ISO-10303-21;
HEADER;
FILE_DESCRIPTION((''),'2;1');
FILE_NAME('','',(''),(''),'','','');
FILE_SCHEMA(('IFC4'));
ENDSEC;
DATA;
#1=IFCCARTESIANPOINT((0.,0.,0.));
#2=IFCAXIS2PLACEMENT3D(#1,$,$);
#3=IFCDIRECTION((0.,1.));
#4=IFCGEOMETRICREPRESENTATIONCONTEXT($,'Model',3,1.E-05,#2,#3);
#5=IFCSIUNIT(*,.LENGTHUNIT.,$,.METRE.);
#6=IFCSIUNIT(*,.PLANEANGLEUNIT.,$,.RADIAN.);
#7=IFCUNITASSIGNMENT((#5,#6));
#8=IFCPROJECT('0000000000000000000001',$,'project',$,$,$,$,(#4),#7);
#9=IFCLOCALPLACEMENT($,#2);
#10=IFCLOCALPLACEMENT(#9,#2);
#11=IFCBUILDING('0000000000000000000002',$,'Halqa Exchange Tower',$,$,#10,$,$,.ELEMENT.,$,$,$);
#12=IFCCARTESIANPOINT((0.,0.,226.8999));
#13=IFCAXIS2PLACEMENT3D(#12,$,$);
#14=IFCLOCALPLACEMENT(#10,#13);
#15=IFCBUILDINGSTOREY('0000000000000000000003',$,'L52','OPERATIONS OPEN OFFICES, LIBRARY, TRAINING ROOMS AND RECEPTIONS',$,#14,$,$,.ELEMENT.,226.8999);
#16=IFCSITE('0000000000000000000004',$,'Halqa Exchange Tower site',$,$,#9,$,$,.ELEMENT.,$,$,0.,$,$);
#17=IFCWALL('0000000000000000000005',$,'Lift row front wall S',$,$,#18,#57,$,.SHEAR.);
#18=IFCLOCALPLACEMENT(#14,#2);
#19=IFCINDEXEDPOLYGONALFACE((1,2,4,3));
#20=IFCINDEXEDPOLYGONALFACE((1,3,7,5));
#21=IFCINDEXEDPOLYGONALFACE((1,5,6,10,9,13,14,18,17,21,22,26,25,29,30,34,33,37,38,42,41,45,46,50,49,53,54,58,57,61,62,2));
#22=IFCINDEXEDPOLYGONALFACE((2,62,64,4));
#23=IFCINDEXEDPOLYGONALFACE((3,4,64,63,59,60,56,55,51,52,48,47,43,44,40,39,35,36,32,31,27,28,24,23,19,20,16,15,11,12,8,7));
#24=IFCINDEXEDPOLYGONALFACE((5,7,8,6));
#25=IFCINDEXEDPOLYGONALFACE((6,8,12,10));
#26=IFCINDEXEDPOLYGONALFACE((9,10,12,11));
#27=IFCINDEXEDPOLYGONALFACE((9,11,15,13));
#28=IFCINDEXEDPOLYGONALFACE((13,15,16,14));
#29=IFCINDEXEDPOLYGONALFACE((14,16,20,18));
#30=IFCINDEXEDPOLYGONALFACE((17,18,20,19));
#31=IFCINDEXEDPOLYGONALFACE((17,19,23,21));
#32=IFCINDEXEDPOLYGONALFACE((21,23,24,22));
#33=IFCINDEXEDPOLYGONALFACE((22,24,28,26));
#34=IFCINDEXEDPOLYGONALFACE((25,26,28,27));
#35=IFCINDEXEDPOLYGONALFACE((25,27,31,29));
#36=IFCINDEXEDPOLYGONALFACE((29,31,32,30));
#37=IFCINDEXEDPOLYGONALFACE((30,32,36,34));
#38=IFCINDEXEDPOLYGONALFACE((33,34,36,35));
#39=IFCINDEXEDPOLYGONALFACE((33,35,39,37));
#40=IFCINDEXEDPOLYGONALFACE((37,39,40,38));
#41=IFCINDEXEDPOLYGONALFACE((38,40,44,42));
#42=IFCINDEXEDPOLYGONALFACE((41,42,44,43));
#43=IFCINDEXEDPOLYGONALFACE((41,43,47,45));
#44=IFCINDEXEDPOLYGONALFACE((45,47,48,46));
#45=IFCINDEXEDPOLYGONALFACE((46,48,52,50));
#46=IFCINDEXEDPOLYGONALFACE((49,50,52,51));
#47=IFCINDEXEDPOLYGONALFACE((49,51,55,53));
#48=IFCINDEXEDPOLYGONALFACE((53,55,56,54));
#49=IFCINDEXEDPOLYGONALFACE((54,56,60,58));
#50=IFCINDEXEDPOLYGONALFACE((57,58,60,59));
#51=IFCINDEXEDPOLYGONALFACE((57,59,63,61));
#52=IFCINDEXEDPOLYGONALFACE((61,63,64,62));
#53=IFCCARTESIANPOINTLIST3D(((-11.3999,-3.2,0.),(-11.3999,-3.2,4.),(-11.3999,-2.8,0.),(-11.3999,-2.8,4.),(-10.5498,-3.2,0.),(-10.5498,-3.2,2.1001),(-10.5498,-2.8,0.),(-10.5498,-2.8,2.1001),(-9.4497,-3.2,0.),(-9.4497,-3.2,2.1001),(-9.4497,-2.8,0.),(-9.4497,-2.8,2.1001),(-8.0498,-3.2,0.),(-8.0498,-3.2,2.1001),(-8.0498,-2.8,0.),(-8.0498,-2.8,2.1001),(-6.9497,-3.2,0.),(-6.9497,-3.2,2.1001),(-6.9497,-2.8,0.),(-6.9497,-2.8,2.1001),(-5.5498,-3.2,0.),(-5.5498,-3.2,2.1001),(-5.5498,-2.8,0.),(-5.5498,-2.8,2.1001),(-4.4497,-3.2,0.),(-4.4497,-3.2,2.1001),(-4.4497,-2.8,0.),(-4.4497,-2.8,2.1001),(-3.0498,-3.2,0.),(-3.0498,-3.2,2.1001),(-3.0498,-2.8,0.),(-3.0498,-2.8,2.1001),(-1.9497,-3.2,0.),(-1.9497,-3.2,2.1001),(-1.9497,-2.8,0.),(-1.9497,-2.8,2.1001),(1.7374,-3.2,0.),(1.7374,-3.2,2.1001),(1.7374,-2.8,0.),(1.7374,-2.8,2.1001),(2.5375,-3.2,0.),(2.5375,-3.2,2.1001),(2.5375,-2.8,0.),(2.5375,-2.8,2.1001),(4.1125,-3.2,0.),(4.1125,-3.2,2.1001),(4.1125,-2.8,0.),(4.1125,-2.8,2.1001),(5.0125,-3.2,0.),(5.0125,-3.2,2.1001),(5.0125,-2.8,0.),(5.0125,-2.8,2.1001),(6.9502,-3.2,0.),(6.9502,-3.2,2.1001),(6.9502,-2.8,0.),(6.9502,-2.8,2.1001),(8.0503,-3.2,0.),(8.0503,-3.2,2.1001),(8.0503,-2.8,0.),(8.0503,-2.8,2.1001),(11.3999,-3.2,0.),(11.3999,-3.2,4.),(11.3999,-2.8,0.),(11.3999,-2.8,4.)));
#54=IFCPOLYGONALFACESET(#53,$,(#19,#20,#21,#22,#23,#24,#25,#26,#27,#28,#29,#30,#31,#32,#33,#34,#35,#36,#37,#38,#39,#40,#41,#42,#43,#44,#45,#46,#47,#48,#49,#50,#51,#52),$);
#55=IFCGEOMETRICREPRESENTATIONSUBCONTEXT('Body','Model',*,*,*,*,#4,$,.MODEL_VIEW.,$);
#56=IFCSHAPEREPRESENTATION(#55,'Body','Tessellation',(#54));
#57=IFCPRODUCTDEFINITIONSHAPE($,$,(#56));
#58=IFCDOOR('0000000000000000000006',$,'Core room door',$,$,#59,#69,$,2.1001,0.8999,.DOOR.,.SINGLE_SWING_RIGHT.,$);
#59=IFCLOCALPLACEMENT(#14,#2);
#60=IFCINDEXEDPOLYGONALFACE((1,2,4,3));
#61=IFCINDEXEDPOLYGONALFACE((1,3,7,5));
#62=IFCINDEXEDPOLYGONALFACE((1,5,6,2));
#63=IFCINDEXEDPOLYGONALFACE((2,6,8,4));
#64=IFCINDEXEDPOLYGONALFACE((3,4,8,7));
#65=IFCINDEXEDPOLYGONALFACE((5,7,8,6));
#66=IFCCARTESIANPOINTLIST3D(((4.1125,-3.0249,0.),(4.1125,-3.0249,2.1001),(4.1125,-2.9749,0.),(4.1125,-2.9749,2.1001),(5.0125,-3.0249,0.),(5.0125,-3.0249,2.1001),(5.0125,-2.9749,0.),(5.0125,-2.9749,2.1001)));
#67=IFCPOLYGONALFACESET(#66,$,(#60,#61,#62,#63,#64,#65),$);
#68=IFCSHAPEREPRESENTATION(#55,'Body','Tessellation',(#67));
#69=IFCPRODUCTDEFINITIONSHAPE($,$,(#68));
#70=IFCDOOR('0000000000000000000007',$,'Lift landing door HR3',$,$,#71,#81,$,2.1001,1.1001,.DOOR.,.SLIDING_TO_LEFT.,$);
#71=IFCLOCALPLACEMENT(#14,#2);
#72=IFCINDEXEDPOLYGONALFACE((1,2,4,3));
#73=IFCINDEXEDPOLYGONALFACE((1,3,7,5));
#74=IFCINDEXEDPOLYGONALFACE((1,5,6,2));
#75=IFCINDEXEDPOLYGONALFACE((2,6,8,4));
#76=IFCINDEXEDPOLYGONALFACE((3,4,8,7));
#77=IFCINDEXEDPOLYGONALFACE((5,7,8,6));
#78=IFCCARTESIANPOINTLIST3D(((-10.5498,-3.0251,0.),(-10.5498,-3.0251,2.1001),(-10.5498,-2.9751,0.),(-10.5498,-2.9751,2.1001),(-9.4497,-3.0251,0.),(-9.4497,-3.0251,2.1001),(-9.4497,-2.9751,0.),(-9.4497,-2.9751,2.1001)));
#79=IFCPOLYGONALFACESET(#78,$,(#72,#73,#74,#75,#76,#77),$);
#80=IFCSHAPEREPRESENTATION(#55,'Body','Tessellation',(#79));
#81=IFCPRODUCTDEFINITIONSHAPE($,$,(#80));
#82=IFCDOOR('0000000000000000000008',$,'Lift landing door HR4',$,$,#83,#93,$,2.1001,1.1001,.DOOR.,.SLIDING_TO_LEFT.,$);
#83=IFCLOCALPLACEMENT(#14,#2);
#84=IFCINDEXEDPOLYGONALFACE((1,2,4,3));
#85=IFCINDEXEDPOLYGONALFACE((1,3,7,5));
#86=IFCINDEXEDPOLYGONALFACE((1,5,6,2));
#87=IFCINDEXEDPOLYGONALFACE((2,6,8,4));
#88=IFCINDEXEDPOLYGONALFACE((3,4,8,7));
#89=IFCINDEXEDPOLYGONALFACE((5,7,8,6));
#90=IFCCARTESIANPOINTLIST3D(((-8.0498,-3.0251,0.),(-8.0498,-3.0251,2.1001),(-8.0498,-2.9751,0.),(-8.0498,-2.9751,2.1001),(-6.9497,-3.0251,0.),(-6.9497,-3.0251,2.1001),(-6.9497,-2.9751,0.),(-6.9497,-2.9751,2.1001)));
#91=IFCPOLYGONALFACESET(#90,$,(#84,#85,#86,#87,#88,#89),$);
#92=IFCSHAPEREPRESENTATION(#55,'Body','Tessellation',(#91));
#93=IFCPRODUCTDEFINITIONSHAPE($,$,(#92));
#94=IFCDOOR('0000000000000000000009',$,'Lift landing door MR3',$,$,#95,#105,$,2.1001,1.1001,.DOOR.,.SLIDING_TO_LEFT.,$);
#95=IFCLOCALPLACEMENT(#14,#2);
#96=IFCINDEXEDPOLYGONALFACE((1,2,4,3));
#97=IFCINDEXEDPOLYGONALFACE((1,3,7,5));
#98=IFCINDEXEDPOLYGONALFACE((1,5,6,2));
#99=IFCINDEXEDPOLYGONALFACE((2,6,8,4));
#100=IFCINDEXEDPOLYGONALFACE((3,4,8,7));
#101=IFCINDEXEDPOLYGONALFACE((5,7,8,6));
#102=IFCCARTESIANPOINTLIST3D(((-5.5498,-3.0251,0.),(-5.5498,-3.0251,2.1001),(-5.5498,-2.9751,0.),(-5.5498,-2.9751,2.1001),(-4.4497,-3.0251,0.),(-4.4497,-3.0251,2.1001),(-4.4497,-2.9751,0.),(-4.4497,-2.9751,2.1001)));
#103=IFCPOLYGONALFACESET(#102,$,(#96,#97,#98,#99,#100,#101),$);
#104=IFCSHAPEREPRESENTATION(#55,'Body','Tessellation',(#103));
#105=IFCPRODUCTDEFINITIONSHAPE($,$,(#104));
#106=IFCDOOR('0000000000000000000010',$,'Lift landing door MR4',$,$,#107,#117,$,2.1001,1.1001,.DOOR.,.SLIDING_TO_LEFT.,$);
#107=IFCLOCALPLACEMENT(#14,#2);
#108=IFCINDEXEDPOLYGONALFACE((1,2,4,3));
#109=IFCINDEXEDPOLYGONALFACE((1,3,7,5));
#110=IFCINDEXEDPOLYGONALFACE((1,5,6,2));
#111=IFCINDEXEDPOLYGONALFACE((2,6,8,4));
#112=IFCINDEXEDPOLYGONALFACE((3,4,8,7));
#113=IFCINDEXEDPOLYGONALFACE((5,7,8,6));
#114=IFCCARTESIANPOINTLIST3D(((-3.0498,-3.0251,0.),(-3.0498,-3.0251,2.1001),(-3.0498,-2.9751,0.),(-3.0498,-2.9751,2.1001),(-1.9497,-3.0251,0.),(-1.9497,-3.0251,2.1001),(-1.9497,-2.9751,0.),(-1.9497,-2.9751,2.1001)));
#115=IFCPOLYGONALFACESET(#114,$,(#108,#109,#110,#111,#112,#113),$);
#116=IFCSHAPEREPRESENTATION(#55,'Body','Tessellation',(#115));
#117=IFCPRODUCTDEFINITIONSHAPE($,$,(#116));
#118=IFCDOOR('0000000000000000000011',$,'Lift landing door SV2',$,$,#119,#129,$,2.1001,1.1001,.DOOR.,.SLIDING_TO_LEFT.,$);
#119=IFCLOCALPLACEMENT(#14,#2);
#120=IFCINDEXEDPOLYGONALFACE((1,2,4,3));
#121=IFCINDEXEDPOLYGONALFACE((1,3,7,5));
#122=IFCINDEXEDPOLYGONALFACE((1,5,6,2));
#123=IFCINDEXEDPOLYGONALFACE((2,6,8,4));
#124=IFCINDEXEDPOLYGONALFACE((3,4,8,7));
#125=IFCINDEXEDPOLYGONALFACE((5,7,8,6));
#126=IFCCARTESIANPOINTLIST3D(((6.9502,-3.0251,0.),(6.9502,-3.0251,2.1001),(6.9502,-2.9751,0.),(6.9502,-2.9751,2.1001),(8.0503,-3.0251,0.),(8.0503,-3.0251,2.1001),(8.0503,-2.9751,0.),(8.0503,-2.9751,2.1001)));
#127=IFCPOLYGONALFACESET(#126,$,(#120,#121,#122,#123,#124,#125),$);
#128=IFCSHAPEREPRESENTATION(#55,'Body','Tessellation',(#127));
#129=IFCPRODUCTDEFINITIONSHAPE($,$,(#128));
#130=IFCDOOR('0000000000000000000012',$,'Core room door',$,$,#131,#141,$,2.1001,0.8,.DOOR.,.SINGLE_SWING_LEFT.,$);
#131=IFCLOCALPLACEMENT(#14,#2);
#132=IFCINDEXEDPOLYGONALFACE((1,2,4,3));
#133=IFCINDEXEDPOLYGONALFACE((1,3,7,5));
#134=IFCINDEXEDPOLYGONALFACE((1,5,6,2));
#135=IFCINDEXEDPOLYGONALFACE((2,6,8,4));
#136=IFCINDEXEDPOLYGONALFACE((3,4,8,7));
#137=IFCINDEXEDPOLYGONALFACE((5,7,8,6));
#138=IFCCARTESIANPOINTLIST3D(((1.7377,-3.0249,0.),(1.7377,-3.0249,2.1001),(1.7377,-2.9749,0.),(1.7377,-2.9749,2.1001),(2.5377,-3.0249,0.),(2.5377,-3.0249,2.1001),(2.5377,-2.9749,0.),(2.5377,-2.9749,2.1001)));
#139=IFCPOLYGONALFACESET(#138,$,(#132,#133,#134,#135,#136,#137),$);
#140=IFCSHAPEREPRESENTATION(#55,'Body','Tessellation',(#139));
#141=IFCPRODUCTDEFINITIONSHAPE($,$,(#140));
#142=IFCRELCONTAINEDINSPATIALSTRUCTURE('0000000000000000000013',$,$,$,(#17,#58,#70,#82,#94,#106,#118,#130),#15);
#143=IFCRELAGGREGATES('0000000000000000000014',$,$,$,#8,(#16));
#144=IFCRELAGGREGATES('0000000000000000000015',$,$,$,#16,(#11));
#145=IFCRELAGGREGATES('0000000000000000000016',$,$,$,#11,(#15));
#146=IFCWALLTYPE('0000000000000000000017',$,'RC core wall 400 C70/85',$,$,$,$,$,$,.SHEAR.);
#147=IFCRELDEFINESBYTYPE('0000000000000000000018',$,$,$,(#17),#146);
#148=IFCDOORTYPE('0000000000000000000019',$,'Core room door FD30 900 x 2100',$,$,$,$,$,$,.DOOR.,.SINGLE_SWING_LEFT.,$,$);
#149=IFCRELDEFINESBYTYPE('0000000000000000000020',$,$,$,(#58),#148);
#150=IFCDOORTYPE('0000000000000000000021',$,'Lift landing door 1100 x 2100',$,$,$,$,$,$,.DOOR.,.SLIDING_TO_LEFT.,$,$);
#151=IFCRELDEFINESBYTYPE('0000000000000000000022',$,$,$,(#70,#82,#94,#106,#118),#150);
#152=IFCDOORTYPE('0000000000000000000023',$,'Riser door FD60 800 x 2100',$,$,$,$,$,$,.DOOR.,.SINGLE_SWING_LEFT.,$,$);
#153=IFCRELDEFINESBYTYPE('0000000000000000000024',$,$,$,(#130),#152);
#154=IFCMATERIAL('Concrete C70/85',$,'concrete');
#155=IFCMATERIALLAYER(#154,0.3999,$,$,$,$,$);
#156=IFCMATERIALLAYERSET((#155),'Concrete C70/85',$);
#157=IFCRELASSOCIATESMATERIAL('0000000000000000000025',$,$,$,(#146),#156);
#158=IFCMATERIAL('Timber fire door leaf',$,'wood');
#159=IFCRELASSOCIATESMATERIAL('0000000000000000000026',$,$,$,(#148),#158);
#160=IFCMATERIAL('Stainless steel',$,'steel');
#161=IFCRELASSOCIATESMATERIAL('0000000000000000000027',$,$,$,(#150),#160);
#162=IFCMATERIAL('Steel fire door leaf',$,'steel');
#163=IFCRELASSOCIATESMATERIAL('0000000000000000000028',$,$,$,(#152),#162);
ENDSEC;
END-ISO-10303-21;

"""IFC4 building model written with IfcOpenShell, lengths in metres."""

from ifc_helpers import new_model, si_unit, direction, frame, frame_2d, origin, place, context, subcontext, project, spatial, rectangle, extrude, material, layer, layer_set, type_object, element, fill, save


model = new_model("IFC4")

# Units and contexts
model_context = context("Model", 3, precision=1e-05, world=origin(), true_north=direction((0.0, 1.0)))
body_context = subcontext(model_context, "Body", "Model", "MODEL_VIEW")
ifc_project = project(units=[si_unit("LENGTHUNIT", "METRE"), si_unit("PLANEANGLEUNIT", "RADIAN")], contexts=[model_context])

# Site, building, storey
site_placement = place(None, origin())
site = spatial("IfcSite", under=ifc_project, at=site_placement, Name="Halqa Exchange Tower site", CompositionType="ELEMENT", RefElevation=0.0)
building_placement = place(site_placement, origin())
building = spatial("IfcBuilding", under=site, at=building_placement, Name="Halqa Exchange Tower", CompositionType="ELEMENT")
storey_placement = place(building_placement, frame((0.0, 0.0, 226.8999)))
storey = spatial("IfcBuildingStorey", under=building, at=storey_placement, Name="L52", Description="OPERATIONS OPEN OFFICES, LIBRARY, TRAINING ROOMS AND RECEPTIONS", CompositionType="ELEMENT", Elevation=226.8999)

# Wall, openings, doors
ifc_material_1 = material(Name="Concrete C70/85", Category="concrete")
ifc_layer_1 = layer(ifc_material_1, 0.3999)
ifc_layer_set_1 = layer_set([ifc_layer_1], Name="Concrete C70/85")
wall_type_1 = type_object("IfcWallType", Name="RC core wall 400 C70/85", PredefinedType="SHEAR", material=ifc_layer_set_1)
wall_1_placement = place(storey_placement, frame((-11.3999, -3.0, 0.0), z_axis=(0.0, 0.0, 1.0), x_axis=(1.0, 0.0, 0.0)))
wall_1 = element("IfcWall", 1, at=wall_1_placement, inside=storey, type_object=wall_type_1, Name="Lift row front wall S", PredefinedType="SHEAR", context=body_context, shape_type="SweptSolid", body=[
    extrude(rectangle(XDim=22.7998, YDim=0.3999, at=frame_2d((11.3999, 0.0))), origin(), (0.0, 0.0, 1.0), 4.0),
])
opening_1_placement = place(wall_1_placement, frame((0.8501, 0.0, 0.0)))
opening_1 = element("IfcOpeningElement", 2, at=opening_1_placement, cuts=wall_1, PredefinedType="OPENING", context=body_context, shape_type="SweptSolid", body=[
    extrude(rectangle(XDim=1.1001, YDim=2.1001, at=frame_2d((0.55, 1.05))), frame((0.0, 0.2119, 0.0), z_axis=(0.0, -1.0, 0.0), x_axis=(1.0, 0.0, 0.0)), (0.0, 0.0, 1.0), 0.4238),
])
opening_2_placement = place(wall_1_placement, frame((3.3501, 0.0, 0.0)))
opening_2 = element("IfcOpeningElement", 3, at=opening_2_placement, cuts=wall_1, PredefinedType="OPENING", context=body_context, shape_type="SweptSolid", body=[
    extrude(rectangle(XDim=1.1001, YDim=2.1001, at=frame_2d((0.55, 1.05))), frame((0.0, 0.2119, 0.0), z_axis=(0.0, -1.0, 0.0), x_axis=(1.0, 0.0, 0.0)), (0.0, 0.0, 1.0), 0.4238),
])
opening_3_placement = place(wall_1_placement, frame((5.8501, 0.0, 0.0)))
opening_3 = element("IfcOpeningElement", 4, at=opening_3_placement, cuts=wall_1, PredefinedType="OPENING", context=body_context, shape_type="SweptSolid", body=[
    extrude(rectangle(XDim=1.1001, YDim=2.1001, at=frame_2d((0.55, 1.05))), frame((0.0, 0.2119, 0.0), z_axis=(0.0, -1.0, 0.0), x_axis=(1.0, 0.0, 0.0)), (0.0, 0.0, 1.0), 0.4238),
])
opening_4_placement = place(wall_1_placement, frame((8.3501, 0.0, 0.0)))
opening_4 = element("IfcOpeningElement", 5, at=opening_4_placement, cuts=wall_1, PredefinedType="OPENING", context=body_context, shape_type="SweptSolid", body=[
    extrude(rectangle(XDim=1.1001, YDim=2.1001, at=frame_2d((0.55, 1.05))), frame((0.0, 0.2119, 0.0), z_axis=(0.0, -1.0, 0.0), x_axis=(1.0, 0.0, 0.0)), (0.0, 0.0, 1.0), 0.4238),
])
opening_5_placement = place(wall_1_placement, frame((18.3501, 0.0, 0.0)))
opening_5 = element("IfcOpeningElement", 6, at=opening_5_placement, cuts=wall_1, PredefinedType="OPENING", context=body_context, shape_type="SweptSolid", body=[
    extrude(rectangle(XDim=1.1001, YDim=2.1001, at=frame_2d((0.55, 1.05))), frame((0.0, 0.2119, 0.0), z_axis=(0.0, -1.0, 0.0), x_axis=(1.0, 0.0, 0.0)), (0.0, 0.0, 1.0), 0.4238),
])
opening_6_placement = place(wall_1_placement, frame((13.1375, 0.0, 0.0)))
opening_6 = element("IfcOpeningElement", 7, at=opening_6_placement, cuts=wall_1, PredefinedType="OPENING", context=body_context, shape_type="SweptSolid", body=[
    extrude(rectangle(XDim=0.8, YDim=2.1001, at=frame_2d((0.3999, 1.05))), frame((0.0, 0.2119, 0.0), z_axis=(0.0, -1.0, 0.0), x_axis=(1.0, 0.0, 0.0)), (0.0, 0.0, 1.0), 0.4238),
])
opening_7_placement = place(wall_1_placement, frame((15.5125, 0.0, 0.0)))
opening_7 = element("IfcOpeningElement", 8, at=opening_7_placement, cuts=wall_1, PredefinedType="OPENING", context=body_context, shape_type="SweptSolid", body=[
    extrude(rectangle(XDim=0.8999, YDim=2.1001, at=frame_2d((0.45, 1.05))), frame((0.0, 0.2119, 0.0), z_axis=(0.0, -1.0, 0.0), x_axis=(1.0, 0.0, 0.0)), (0.0, 0.0, 1.0), 0.4238),
])
ifc_material_2 = material(Name="Timber fire door leaf", Category="wood")
door_type_1 = type_object("IfcDoorType", Name="Core room door FD30 900 x 2100", OperationType="SINGLE_SWING_LEFT", PredefinedType="DOOR", material=ifc_material_2)
door_1_placement = place(opening_7_placement, frame((0.8999, 0.0, 0.0), z_axis=(0.0, 0.0, 1.0), x_axis=(-1.0, 0.0, 0.0)))
door_1 = element("IfcDoor", 9, at=door_1_placement, inside=storey, type_object=door_type_1, Name="Core room door", OperationType="SINGLE_SWING_RIGHT", OverallHeight=2.1001, OverallWidth=0.8999, PredefinedType="DOOR", context=body_context, shape_type="SweptSolid", body=[
    extrude(rectangle(XDim=0.8999, YDim=2.1001, at=frame_2d((0.45, 1.05))), frame((0.0, 0.0249, 0.0), z_axis=(0.0, -1.0, 0.0), x_axis=(1.0, 0.0, 0.0)), (0.0, 0.0, 1.0), 0.05),
])
fill(opening_7, door_1)
ifc_material_3 = material(Name="Stainless steel", Category="steel")
door_type_2 = type_object("IfcDoorType", Name="Lift landing door 1100 x 2100", OperationType="SLIDING_TO_LEFT", PredefinedType="DOOR", material=ifc_material_3)
door_2_placement = place(opening_1_placement, origin())
door_2 = element("IfcDoor", 10, at=door_2_placement, inside=storey, type_object=door_type_2, Name="Lift landing door HR3", OperationType="SLIDING_TO_LEFT", OverallHeight=2.1001, OverallWidth=1.1001, PredefinedType="DOOR", context=body_context, shape_type="SweptSolid", body=[
    extrude(rectangle(XDim=1.1001, YDim=2.1001, at=frame_2d((0.55, 1.05))), frame((0.0, 0.0249, 0.0), z_axis=(0.0, -1.0, 0.0), x_axis=(1.0, 0.0, 0.0)), (0.0, 0.0, 1.0), 0.05),
])
fill(opening_1, door_2)
door_3_placement = place(opening_2_placement, origin())
door_3 = element("IfcDoor", 11, at=door_3_placement, inside=storey, type_object=door_type_2, Name="Lift landing door HR4", OperationType="SLIDING_TO_LEFT", OverallHeight=2.1001, OverallWidth=1.1001, PredefinedType="DOOR", context=body_context, shape_type="SweptSolid", body=[
    extrude(rectangle(XDim=1.1001, YDim=2.1001, at=frame_2d((0.55, 1.05))), frame((0.0, 0.0249, 0.0), z_axis=(0.0, -1.0, 0.0), x_axis=(1.0, 0.0, 0.0)), (0.0, 0.0, 1.0), 0.05),
])
fill(opening_2, door_3)
door_4_placement = place(opening_3_placement, origin())
door_4 = element("IfcDoor", 12, at=door_4_placement, inside=storey, type_object=door_type_2, Name="Lift landing door MR3", OperationType="SLIDING_TO_LEFT", OverallHeight=2.1001, OverallWidth=1.1001, PredefinedType="DOOR", context=body_context, shape_type="SweptSolid", body=[
    extrude(rectangle(XDim=1.1001, YDim=2.1001, at=frame_2d((0.55, 1.05))), frame((0.0, 0.0249, 0.0), z_axis=(0.0, -1.0, 0.0), x_axis=(1.0, 0.0, 0.0)), (0.0, 0.0, 1.0), 0.05),
])
fill(opening_3, door_4)
door_5_placement = place(opening_4_placement, origin())
door_5 = element("IfcDoor", 13, at=door_5_placement, inside=storey, type_object=door_type_2, Name="Lift landing door MR4", OperationType="SLIDING_TO_LEFT", OverallHeight=2.1001, OverallWidth=1.1001, PredefinedType="DOOR", context=body_context, shape_type="SweptSolid", body=[
    extrude(rectangle(XDim=1.1001, YDim=2.1001, at=frame_2d((0.55, 1.05))), frame((0.0, 0.0249, 0.0), z_axis=(0.0, -1.0, 0.0), x_axis=(1.0, 0.0, 0.0)), (0.0, 0.0, 1.0), 0.05),
])
fill(opening_4, door_5)
door_6_placement = place(opening_5_placement, origin())
door_6 = element("IfcDoor", 14, at=door_6_placement, inside=storey, type_object=door_type_2, Name="Lift landing door SV2", OperationType="SLIDING_TO_LEFT", OverallHeight=2.1001, OverallWidth=1.1001, PredefinedType="DOOR", context=body_context, shape_type="SweptSolid", body=[
    extrude(rectangle(XDim=1.1001, YDim=2.1001, at=frame_2d((0.55, 1.05))), frame((0.0, 0.0249, 0.0), z_axis=(0.0, -1.0, 0.0), x_axis=(1.0, 0.0, 0.0)), (0.0, 0.0, 1.0), 0.05),
])
fill(opening_5, door_6)
ifc_material_4 = material(Name="Steel fire door leaf", Category="steel")
door_type_3 = type_object("IfcDoorType", Name="Riser door FD60 800 x 2100", OperationType="SINGLE_SWING_LEFT", PredefinedType="DOOR", material=ifc_material_4)
door_7_placement = place(opening_6_placement, frame((0.8, 0.0, 0.0), z_axis=(0.0, 0.0, 1.0), x_axis=(-1.0, 0.0, 0.0)))
door_7 = element("IfcDoor", 15, at=door_7_placement, inside=storey, type_object=door_type_3, Name="Core room door", OperationType="SINGLE_SWING_LEFT", OverallHeight=2.1001, OverallWidth=0.8, PredefinedType="DOOR", context=body_context, shape_type="SweptSolid", body=[
    extrude(rectangle(XDim=0.8, YDim=2.1001, at=frame_2d((0.3999, 1.05))), frame((0.0, 0.0249, 0.0), z_axis=(0.0, -1.0, 0.0), x_axis=(1.0, 0.0, 0.0)), (0.0, 0.0, 1.0), 0.05),
])
fill(opening_6, door_7)

save(model, "model.ifc")
